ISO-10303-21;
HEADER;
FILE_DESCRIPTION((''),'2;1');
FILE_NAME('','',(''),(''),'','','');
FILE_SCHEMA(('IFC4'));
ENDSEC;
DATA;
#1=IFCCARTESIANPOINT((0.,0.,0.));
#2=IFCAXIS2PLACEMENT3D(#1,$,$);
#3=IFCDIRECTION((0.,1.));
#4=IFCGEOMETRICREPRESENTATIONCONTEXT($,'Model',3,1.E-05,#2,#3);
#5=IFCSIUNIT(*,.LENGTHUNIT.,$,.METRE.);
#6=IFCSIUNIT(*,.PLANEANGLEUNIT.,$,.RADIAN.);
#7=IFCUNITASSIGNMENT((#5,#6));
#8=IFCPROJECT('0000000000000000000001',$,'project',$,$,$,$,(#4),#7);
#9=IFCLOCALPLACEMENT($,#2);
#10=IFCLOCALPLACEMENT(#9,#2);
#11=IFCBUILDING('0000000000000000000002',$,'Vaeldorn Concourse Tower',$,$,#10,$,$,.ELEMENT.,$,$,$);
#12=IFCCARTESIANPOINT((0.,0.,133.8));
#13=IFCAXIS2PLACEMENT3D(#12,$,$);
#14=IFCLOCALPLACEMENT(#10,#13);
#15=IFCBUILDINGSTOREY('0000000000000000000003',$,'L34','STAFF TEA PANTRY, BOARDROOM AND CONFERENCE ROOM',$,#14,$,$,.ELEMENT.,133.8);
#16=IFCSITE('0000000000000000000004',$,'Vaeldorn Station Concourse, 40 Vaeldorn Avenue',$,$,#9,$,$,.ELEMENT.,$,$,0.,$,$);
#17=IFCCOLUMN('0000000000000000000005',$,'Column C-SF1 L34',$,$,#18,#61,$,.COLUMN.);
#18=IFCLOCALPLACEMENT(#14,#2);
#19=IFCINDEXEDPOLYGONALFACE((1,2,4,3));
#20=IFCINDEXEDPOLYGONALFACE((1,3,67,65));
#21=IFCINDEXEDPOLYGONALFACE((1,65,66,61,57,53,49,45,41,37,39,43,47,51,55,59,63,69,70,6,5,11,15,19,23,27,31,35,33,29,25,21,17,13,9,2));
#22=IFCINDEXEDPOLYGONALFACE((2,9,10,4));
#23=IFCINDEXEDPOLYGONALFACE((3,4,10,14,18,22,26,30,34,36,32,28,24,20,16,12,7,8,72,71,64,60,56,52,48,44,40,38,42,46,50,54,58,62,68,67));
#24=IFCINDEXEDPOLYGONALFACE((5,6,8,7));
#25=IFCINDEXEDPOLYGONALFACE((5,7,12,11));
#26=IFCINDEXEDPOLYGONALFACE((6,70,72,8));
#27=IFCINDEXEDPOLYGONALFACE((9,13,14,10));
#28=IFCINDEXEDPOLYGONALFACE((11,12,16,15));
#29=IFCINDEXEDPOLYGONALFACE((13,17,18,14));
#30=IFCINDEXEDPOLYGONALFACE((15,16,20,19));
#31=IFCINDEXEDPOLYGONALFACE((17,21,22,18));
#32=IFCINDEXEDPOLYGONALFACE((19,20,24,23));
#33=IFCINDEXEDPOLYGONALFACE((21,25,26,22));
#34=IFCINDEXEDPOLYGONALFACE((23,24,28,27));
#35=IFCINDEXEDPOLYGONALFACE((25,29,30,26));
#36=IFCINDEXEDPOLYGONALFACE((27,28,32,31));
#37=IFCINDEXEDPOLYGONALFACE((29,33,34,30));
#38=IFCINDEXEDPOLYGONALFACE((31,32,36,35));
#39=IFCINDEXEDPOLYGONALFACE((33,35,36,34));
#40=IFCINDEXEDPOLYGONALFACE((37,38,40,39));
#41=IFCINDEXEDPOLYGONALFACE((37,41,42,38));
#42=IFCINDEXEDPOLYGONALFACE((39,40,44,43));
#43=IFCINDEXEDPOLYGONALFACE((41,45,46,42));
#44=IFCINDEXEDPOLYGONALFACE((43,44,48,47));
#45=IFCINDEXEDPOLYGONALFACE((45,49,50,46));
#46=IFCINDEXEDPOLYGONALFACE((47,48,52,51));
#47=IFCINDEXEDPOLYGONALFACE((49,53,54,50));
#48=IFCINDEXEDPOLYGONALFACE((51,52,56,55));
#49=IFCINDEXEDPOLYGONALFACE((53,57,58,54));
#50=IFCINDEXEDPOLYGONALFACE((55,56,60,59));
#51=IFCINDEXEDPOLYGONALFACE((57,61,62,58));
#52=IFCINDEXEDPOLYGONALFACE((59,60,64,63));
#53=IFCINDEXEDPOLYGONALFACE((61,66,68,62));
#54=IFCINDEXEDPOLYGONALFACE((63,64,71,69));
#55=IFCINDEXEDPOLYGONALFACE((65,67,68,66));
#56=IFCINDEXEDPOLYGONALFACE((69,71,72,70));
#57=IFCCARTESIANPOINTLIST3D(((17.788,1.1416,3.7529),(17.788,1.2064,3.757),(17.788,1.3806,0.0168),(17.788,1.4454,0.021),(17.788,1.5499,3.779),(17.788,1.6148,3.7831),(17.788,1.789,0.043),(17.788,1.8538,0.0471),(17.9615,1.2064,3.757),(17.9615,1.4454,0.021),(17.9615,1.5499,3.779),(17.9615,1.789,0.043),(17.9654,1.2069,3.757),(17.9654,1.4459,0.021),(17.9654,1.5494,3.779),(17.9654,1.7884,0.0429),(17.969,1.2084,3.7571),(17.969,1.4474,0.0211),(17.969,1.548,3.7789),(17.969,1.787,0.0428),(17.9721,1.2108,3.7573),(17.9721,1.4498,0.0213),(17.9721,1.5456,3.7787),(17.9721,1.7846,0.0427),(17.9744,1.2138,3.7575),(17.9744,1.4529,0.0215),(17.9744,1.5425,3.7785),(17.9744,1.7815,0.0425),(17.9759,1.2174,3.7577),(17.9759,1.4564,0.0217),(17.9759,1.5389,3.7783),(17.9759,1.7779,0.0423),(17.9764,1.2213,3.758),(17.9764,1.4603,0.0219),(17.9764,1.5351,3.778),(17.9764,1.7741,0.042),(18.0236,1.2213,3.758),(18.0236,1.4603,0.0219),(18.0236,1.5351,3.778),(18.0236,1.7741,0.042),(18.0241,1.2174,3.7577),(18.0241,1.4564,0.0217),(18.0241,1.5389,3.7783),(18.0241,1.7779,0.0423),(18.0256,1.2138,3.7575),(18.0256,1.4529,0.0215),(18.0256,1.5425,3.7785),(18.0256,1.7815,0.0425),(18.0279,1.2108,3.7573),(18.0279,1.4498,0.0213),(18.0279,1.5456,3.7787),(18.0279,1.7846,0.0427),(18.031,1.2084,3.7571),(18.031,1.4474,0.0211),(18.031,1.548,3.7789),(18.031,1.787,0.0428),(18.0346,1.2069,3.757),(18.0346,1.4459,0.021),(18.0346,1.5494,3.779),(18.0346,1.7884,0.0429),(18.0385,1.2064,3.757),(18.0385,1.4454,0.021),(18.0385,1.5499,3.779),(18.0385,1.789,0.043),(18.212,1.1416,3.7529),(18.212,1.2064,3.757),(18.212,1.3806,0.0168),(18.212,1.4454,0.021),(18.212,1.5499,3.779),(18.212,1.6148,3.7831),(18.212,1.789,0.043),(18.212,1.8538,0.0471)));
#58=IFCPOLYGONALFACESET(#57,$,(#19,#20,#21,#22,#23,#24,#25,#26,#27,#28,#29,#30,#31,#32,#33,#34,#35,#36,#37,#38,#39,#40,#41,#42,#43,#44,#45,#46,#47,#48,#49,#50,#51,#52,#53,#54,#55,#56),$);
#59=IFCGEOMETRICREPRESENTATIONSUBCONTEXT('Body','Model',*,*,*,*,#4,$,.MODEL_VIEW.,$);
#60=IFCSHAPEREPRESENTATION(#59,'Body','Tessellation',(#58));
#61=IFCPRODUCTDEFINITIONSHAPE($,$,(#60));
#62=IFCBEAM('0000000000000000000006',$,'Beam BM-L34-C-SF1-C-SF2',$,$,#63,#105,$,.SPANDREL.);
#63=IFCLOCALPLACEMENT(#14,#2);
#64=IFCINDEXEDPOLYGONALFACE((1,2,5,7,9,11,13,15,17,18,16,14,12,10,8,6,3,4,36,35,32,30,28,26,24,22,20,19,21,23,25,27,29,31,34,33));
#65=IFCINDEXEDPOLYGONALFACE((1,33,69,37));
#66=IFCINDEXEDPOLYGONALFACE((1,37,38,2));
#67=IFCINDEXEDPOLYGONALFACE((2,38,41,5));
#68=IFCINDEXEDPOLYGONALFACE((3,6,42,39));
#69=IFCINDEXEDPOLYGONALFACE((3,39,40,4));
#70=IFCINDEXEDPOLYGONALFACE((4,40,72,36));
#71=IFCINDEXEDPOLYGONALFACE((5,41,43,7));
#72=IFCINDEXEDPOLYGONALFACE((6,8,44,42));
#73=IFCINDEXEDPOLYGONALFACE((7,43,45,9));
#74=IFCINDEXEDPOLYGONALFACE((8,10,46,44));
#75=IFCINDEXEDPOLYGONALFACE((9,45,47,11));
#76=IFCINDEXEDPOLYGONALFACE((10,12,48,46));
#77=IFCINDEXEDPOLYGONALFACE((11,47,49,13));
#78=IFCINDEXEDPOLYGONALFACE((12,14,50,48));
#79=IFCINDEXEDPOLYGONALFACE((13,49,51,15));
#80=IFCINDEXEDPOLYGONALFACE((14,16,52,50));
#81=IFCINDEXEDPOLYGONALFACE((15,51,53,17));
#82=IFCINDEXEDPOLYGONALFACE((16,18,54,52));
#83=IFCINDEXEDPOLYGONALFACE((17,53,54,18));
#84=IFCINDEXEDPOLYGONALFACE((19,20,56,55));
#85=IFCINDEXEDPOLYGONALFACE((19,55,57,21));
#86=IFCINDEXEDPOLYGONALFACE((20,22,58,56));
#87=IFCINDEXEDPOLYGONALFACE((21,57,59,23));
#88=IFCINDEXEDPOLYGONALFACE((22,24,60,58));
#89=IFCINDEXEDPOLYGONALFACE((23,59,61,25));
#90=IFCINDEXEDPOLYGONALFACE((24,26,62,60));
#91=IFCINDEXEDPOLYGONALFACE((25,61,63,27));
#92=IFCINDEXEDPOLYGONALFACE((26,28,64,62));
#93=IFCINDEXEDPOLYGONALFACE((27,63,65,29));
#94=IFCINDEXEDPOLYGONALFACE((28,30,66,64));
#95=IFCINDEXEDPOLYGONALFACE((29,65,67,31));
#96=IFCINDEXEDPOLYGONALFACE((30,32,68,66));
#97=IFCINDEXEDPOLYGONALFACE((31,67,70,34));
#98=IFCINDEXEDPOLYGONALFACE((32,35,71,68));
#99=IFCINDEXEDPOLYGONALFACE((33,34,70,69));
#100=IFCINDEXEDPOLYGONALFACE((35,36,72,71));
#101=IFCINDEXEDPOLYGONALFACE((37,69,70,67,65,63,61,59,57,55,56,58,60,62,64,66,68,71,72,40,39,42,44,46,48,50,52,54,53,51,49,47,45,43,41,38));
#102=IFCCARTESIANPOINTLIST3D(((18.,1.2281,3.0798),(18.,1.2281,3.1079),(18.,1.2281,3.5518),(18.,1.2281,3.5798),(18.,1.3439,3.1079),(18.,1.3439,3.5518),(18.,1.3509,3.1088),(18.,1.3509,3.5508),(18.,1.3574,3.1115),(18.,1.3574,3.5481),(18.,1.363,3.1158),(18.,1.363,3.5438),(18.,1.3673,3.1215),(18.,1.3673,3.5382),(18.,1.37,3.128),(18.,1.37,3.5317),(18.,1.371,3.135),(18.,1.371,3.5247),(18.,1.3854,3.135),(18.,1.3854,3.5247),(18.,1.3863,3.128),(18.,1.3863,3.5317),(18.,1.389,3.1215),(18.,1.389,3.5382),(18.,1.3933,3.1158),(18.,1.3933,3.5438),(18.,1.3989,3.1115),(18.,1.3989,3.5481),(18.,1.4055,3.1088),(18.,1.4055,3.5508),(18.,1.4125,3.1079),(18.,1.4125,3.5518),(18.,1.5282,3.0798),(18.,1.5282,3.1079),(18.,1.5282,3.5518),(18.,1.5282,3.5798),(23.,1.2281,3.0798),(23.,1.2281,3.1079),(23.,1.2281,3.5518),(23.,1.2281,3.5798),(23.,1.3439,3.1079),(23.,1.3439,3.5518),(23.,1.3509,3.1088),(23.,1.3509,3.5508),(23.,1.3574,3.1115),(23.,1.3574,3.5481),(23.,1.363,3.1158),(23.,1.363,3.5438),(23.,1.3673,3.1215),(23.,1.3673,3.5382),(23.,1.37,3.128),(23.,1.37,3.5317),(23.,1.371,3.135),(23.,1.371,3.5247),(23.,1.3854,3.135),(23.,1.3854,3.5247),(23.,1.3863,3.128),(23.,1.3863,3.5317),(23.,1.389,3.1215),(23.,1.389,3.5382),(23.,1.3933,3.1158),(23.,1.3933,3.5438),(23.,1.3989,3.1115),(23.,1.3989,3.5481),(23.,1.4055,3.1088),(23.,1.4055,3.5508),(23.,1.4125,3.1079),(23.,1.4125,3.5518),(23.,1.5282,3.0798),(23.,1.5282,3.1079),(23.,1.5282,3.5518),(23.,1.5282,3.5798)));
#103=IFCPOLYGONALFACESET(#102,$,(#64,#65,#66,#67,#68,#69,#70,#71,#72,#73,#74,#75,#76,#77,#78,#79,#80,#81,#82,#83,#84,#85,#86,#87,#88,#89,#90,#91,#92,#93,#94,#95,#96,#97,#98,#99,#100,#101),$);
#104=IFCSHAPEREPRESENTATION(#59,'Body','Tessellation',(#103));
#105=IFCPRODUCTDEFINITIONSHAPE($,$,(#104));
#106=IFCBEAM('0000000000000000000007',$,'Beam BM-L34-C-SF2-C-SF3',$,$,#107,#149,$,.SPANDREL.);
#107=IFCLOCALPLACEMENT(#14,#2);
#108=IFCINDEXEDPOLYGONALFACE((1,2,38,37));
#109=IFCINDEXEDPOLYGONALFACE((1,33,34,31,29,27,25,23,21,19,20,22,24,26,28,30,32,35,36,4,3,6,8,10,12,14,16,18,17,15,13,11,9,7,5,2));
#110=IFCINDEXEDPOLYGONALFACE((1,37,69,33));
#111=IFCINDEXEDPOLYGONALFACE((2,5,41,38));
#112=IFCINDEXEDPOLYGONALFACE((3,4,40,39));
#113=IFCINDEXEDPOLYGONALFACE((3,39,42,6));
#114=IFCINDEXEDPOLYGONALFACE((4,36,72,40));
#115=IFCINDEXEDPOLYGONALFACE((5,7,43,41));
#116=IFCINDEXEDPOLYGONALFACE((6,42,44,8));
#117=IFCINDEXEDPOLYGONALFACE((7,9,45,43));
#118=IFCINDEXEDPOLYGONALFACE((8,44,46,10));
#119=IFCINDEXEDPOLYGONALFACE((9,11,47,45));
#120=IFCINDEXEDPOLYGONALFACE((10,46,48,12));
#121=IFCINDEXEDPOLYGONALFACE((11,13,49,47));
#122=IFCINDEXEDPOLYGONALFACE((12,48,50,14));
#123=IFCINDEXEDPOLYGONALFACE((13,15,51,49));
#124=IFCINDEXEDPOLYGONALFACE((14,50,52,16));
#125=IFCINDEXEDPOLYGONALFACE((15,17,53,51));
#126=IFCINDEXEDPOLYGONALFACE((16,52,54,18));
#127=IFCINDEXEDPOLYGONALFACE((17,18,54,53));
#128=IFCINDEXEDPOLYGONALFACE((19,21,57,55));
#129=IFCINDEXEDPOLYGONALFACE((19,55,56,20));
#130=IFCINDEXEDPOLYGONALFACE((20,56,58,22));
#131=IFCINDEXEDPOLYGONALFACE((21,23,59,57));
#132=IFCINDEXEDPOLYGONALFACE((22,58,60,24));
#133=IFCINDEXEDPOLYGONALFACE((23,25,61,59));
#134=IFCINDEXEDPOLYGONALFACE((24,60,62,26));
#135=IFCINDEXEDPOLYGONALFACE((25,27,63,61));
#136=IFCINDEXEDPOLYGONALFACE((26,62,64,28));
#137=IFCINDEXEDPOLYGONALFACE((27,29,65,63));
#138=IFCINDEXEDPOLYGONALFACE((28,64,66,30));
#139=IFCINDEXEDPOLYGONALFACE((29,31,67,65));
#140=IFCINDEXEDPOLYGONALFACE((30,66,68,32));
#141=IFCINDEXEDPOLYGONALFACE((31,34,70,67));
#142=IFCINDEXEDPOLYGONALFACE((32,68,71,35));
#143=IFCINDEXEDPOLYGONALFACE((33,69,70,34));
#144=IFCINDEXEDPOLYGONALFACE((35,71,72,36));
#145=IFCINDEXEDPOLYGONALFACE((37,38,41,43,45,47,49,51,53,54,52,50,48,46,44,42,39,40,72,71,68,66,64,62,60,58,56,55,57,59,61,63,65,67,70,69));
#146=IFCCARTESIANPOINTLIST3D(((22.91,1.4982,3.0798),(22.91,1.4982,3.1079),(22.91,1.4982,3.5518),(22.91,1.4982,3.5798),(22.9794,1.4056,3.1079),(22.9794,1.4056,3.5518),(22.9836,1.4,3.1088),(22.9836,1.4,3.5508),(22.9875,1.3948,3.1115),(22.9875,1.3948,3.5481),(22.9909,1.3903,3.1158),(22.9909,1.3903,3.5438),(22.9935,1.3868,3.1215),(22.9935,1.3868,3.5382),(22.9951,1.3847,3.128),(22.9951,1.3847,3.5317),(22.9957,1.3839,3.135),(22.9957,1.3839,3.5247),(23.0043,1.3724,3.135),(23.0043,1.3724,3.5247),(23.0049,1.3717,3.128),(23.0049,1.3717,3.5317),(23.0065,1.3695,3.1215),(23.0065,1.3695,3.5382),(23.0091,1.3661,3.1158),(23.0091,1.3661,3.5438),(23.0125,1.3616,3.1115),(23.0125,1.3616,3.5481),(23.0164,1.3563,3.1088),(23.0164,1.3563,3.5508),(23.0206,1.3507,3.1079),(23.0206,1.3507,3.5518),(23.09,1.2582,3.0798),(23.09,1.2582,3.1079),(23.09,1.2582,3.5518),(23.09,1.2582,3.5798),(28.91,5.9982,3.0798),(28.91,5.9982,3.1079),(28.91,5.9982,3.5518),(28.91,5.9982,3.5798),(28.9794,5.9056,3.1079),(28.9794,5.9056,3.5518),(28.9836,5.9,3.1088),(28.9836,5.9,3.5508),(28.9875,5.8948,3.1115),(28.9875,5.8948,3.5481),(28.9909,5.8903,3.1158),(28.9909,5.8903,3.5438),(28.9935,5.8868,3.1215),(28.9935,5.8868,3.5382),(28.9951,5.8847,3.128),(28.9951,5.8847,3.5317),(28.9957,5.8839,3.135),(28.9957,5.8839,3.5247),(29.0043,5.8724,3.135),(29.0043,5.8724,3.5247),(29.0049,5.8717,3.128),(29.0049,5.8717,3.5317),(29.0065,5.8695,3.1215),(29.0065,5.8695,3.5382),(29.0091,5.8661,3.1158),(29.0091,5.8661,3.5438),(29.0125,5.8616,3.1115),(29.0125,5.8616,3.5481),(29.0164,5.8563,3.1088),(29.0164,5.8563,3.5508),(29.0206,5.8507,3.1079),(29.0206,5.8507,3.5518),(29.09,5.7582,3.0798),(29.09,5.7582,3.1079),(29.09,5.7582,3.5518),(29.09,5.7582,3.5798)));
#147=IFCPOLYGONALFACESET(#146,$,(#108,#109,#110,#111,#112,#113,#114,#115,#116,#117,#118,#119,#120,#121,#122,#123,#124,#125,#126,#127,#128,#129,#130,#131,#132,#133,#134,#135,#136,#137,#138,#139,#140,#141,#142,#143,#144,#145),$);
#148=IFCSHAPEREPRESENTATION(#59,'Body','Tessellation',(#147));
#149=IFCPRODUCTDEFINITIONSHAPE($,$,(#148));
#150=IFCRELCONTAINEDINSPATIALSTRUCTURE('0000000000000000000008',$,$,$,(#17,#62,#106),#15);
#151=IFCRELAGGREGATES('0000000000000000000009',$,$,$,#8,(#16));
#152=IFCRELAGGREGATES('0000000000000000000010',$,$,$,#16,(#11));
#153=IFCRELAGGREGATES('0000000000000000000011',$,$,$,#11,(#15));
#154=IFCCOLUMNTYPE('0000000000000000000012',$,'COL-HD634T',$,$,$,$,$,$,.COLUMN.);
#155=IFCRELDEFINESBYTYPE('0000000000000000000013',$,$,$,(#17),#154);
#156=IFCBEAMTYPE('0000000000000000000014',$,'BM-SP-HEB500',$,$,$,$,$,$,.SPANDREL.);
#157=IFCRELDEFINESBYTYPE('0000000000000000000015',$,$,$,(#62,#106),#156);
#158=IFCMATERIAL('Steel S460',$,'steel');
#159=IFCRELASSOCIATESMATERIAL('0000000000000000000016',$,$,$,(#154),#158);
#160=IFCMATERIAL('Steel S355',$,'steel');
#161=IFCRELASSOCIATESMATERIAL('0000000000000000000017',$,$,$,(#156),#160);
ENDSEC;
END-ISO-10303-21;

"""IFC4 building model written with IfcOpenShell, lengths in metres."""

from ifc_helpers import new_model, si_unit, direction, frame, origin, origin_2d, place, context, subcontext, project, spatial, i_section, extrude, source, transform, mapped, material, material_profile, profile_set, type_object, element, save


model = new_model("IFC4")

# Units and contexts
model_context = context("Model", 3, precision=1e-05, world=origin(), true_north=direction((0.0, 1.0)))
body_context = subcontext(model_context, "Body", "Model", "MODEL_VIEW")
ifc_project = project(units=[si_unit("LENGTHUNIT", "METRE"), si_unit("PLANEANGLEUNIT", "RADIAN")], contexts=[model_context])

# Site, building, storey
site_placement = place(None, origin())
site = spatial("IfcSite", under=ifc_project, at=site_placement, Name="Vaeldorn Station Concourse, 40 Vaeldorn Avenue", CompositionType="ELEMENT", RefElevation=0.0)
building_placement = place(site_placement, origin())
building = spatial("IfcBuilding", under=site, at=building_placement, Name="Vaeldorn Concourse Tower", CompositionType="ELEMENT")
storey_placement = place(building_placement, frame((0.0, 0.0, 133.8)))
storey = spatial("IfcBuildingStorey", under=building, at=storey_placement, Name="L34", Description="STAFF TEA PANTRY, BOARDROOM AND CONFERENCE ROOM", CompositionType="ELEMENT", Elevation=133.8)

# Column
ifc_material_1 = material(Name="Steel S460", Category="steel")
ifc_material_profile_1 = material_profile(ifc_material_1, i_section(OverallWidth=0.4241, OverallDepth=0.4741, WebThickness=0.0471, FlangeThickness=0.0649, FilletRadius=0.0149, at=origin_2d()), Name="HD 400x634")
ifc_profile_set_1 = profile_set([ifc_material_profile_1], Name="Steel S460")
column_type = type_object("IfcColumnType", Name="COL-HD634T", PredefinedType="COLUMN", material=ifc_profile_set_1)
shared_shape_1 = source(origin(), body_context, "Body", "SweptSolid", [
    extrude(i_section(OverallWidth=0.4241, OverallDepth=0.4741, WebThickness=0.0471, FlangeThickness=0.0649, FilletRadius=0.0149, at=origin_2d()), origin(), (0.0, 0.0, 1.0), 3.7437),
])
column_placement = place(storey_placement, frame((18.0, 1.6172, 0.032), z_axis=(0.0, -0.063844, 0.99796), x_axis=(1.0, 0.0, 0.0)))
element("IfcColumn", 1, at=column_placement, inside=storey, type_object=column_type, Name="Column C-SF1 L34", PredefinedType="COLUMN", context=body_context, shape_type="MappedRepresentation", body=[
    mapped(shared_shape_1, transform((0.0, 0.0, 0.0), scale=1.0)),
])

# Beams
ifc_material_2 = material(Name="Steel S355", Category="steel")
ifc_material_profile_2 = material_profile(ifc_material_2, i_section(OverallWidth=0.3, OverallDepth=0.5, WebThickness=0.0144, FlangeThickness=0.0281, FilletRadius=0.0271, at=origin_2d()), Name="HEB 500")
ifc_profile_set_2 = profile_set([ifc_material_profile_2], Name="Steel S355")
beam_type_1 = type_object("IfcBeamType", Name="BM-SP-HEB500", PredefinedType="SPANDREL", material=ifc_profile_set_2)
shared_shape_2 = source(origin(), body_context, "Body", "SweptSolid", [
    extrude(i_section(OverallWidth=0.3, OverallDepth=0.5, WebThickness=0.0144, FlangeThickness=0.0281, FilletRadius=0.0271, at=origin_2d()), origin(), (0.0, 0.0, 1.0), 5.0),
])
beam_1_placement = place(storey_placement, frame((18.0, 1.3782, 3.3298), z_axis=(1.0, 0.0, 0.0), x_axis=(0.0, 1.0, 0.0)))
element("IfcBeam", 2, at=beam_1_placement, inside=storey, type_object=beam_type_1, Name="Beam BM-L34-C-SF1-C-SF2", PredefinedType="SPANDREL", context=body_context, shape_type="MappedRepresentation", body=[
    mapped(shared_shape_2, transform((0.0, 0.0, 0.0), scale=1.0)),
])
shared_shape_3 = source(origin(), body_context, "Body", "SweptSolid", [
    extrude(i_section(OverallWidth=0.3, OverallDepth=0.5, WebThickness=0.0144, FlangeThickness=0.0281, FilletRadius=0.0271, at=origin_2d()), origin(), (0.0, 0.0, 1.0), 7.5),
])
beam_2_placement = place(storey_placement, frame((23.0, 1.3782, 3.3298), z_axis=(0.8, 0.6, 0.0), x_axis=(-0.6, 0.8, 0.0)))
element("IfcBeam", 3, at=beam_2_placement, inside=storey, type_object=beam_type_1, Name="Beam BM-L34-C-SF2-C-SF3", PredefinedType="SPANDREL", context=body_context, shape_type="MappedRepresentation", body=[
    mapped(shared_shape_3, transform((0.0, 0.0, 0.0), scale=1.0)),
])

save(model, "model.ifc")
